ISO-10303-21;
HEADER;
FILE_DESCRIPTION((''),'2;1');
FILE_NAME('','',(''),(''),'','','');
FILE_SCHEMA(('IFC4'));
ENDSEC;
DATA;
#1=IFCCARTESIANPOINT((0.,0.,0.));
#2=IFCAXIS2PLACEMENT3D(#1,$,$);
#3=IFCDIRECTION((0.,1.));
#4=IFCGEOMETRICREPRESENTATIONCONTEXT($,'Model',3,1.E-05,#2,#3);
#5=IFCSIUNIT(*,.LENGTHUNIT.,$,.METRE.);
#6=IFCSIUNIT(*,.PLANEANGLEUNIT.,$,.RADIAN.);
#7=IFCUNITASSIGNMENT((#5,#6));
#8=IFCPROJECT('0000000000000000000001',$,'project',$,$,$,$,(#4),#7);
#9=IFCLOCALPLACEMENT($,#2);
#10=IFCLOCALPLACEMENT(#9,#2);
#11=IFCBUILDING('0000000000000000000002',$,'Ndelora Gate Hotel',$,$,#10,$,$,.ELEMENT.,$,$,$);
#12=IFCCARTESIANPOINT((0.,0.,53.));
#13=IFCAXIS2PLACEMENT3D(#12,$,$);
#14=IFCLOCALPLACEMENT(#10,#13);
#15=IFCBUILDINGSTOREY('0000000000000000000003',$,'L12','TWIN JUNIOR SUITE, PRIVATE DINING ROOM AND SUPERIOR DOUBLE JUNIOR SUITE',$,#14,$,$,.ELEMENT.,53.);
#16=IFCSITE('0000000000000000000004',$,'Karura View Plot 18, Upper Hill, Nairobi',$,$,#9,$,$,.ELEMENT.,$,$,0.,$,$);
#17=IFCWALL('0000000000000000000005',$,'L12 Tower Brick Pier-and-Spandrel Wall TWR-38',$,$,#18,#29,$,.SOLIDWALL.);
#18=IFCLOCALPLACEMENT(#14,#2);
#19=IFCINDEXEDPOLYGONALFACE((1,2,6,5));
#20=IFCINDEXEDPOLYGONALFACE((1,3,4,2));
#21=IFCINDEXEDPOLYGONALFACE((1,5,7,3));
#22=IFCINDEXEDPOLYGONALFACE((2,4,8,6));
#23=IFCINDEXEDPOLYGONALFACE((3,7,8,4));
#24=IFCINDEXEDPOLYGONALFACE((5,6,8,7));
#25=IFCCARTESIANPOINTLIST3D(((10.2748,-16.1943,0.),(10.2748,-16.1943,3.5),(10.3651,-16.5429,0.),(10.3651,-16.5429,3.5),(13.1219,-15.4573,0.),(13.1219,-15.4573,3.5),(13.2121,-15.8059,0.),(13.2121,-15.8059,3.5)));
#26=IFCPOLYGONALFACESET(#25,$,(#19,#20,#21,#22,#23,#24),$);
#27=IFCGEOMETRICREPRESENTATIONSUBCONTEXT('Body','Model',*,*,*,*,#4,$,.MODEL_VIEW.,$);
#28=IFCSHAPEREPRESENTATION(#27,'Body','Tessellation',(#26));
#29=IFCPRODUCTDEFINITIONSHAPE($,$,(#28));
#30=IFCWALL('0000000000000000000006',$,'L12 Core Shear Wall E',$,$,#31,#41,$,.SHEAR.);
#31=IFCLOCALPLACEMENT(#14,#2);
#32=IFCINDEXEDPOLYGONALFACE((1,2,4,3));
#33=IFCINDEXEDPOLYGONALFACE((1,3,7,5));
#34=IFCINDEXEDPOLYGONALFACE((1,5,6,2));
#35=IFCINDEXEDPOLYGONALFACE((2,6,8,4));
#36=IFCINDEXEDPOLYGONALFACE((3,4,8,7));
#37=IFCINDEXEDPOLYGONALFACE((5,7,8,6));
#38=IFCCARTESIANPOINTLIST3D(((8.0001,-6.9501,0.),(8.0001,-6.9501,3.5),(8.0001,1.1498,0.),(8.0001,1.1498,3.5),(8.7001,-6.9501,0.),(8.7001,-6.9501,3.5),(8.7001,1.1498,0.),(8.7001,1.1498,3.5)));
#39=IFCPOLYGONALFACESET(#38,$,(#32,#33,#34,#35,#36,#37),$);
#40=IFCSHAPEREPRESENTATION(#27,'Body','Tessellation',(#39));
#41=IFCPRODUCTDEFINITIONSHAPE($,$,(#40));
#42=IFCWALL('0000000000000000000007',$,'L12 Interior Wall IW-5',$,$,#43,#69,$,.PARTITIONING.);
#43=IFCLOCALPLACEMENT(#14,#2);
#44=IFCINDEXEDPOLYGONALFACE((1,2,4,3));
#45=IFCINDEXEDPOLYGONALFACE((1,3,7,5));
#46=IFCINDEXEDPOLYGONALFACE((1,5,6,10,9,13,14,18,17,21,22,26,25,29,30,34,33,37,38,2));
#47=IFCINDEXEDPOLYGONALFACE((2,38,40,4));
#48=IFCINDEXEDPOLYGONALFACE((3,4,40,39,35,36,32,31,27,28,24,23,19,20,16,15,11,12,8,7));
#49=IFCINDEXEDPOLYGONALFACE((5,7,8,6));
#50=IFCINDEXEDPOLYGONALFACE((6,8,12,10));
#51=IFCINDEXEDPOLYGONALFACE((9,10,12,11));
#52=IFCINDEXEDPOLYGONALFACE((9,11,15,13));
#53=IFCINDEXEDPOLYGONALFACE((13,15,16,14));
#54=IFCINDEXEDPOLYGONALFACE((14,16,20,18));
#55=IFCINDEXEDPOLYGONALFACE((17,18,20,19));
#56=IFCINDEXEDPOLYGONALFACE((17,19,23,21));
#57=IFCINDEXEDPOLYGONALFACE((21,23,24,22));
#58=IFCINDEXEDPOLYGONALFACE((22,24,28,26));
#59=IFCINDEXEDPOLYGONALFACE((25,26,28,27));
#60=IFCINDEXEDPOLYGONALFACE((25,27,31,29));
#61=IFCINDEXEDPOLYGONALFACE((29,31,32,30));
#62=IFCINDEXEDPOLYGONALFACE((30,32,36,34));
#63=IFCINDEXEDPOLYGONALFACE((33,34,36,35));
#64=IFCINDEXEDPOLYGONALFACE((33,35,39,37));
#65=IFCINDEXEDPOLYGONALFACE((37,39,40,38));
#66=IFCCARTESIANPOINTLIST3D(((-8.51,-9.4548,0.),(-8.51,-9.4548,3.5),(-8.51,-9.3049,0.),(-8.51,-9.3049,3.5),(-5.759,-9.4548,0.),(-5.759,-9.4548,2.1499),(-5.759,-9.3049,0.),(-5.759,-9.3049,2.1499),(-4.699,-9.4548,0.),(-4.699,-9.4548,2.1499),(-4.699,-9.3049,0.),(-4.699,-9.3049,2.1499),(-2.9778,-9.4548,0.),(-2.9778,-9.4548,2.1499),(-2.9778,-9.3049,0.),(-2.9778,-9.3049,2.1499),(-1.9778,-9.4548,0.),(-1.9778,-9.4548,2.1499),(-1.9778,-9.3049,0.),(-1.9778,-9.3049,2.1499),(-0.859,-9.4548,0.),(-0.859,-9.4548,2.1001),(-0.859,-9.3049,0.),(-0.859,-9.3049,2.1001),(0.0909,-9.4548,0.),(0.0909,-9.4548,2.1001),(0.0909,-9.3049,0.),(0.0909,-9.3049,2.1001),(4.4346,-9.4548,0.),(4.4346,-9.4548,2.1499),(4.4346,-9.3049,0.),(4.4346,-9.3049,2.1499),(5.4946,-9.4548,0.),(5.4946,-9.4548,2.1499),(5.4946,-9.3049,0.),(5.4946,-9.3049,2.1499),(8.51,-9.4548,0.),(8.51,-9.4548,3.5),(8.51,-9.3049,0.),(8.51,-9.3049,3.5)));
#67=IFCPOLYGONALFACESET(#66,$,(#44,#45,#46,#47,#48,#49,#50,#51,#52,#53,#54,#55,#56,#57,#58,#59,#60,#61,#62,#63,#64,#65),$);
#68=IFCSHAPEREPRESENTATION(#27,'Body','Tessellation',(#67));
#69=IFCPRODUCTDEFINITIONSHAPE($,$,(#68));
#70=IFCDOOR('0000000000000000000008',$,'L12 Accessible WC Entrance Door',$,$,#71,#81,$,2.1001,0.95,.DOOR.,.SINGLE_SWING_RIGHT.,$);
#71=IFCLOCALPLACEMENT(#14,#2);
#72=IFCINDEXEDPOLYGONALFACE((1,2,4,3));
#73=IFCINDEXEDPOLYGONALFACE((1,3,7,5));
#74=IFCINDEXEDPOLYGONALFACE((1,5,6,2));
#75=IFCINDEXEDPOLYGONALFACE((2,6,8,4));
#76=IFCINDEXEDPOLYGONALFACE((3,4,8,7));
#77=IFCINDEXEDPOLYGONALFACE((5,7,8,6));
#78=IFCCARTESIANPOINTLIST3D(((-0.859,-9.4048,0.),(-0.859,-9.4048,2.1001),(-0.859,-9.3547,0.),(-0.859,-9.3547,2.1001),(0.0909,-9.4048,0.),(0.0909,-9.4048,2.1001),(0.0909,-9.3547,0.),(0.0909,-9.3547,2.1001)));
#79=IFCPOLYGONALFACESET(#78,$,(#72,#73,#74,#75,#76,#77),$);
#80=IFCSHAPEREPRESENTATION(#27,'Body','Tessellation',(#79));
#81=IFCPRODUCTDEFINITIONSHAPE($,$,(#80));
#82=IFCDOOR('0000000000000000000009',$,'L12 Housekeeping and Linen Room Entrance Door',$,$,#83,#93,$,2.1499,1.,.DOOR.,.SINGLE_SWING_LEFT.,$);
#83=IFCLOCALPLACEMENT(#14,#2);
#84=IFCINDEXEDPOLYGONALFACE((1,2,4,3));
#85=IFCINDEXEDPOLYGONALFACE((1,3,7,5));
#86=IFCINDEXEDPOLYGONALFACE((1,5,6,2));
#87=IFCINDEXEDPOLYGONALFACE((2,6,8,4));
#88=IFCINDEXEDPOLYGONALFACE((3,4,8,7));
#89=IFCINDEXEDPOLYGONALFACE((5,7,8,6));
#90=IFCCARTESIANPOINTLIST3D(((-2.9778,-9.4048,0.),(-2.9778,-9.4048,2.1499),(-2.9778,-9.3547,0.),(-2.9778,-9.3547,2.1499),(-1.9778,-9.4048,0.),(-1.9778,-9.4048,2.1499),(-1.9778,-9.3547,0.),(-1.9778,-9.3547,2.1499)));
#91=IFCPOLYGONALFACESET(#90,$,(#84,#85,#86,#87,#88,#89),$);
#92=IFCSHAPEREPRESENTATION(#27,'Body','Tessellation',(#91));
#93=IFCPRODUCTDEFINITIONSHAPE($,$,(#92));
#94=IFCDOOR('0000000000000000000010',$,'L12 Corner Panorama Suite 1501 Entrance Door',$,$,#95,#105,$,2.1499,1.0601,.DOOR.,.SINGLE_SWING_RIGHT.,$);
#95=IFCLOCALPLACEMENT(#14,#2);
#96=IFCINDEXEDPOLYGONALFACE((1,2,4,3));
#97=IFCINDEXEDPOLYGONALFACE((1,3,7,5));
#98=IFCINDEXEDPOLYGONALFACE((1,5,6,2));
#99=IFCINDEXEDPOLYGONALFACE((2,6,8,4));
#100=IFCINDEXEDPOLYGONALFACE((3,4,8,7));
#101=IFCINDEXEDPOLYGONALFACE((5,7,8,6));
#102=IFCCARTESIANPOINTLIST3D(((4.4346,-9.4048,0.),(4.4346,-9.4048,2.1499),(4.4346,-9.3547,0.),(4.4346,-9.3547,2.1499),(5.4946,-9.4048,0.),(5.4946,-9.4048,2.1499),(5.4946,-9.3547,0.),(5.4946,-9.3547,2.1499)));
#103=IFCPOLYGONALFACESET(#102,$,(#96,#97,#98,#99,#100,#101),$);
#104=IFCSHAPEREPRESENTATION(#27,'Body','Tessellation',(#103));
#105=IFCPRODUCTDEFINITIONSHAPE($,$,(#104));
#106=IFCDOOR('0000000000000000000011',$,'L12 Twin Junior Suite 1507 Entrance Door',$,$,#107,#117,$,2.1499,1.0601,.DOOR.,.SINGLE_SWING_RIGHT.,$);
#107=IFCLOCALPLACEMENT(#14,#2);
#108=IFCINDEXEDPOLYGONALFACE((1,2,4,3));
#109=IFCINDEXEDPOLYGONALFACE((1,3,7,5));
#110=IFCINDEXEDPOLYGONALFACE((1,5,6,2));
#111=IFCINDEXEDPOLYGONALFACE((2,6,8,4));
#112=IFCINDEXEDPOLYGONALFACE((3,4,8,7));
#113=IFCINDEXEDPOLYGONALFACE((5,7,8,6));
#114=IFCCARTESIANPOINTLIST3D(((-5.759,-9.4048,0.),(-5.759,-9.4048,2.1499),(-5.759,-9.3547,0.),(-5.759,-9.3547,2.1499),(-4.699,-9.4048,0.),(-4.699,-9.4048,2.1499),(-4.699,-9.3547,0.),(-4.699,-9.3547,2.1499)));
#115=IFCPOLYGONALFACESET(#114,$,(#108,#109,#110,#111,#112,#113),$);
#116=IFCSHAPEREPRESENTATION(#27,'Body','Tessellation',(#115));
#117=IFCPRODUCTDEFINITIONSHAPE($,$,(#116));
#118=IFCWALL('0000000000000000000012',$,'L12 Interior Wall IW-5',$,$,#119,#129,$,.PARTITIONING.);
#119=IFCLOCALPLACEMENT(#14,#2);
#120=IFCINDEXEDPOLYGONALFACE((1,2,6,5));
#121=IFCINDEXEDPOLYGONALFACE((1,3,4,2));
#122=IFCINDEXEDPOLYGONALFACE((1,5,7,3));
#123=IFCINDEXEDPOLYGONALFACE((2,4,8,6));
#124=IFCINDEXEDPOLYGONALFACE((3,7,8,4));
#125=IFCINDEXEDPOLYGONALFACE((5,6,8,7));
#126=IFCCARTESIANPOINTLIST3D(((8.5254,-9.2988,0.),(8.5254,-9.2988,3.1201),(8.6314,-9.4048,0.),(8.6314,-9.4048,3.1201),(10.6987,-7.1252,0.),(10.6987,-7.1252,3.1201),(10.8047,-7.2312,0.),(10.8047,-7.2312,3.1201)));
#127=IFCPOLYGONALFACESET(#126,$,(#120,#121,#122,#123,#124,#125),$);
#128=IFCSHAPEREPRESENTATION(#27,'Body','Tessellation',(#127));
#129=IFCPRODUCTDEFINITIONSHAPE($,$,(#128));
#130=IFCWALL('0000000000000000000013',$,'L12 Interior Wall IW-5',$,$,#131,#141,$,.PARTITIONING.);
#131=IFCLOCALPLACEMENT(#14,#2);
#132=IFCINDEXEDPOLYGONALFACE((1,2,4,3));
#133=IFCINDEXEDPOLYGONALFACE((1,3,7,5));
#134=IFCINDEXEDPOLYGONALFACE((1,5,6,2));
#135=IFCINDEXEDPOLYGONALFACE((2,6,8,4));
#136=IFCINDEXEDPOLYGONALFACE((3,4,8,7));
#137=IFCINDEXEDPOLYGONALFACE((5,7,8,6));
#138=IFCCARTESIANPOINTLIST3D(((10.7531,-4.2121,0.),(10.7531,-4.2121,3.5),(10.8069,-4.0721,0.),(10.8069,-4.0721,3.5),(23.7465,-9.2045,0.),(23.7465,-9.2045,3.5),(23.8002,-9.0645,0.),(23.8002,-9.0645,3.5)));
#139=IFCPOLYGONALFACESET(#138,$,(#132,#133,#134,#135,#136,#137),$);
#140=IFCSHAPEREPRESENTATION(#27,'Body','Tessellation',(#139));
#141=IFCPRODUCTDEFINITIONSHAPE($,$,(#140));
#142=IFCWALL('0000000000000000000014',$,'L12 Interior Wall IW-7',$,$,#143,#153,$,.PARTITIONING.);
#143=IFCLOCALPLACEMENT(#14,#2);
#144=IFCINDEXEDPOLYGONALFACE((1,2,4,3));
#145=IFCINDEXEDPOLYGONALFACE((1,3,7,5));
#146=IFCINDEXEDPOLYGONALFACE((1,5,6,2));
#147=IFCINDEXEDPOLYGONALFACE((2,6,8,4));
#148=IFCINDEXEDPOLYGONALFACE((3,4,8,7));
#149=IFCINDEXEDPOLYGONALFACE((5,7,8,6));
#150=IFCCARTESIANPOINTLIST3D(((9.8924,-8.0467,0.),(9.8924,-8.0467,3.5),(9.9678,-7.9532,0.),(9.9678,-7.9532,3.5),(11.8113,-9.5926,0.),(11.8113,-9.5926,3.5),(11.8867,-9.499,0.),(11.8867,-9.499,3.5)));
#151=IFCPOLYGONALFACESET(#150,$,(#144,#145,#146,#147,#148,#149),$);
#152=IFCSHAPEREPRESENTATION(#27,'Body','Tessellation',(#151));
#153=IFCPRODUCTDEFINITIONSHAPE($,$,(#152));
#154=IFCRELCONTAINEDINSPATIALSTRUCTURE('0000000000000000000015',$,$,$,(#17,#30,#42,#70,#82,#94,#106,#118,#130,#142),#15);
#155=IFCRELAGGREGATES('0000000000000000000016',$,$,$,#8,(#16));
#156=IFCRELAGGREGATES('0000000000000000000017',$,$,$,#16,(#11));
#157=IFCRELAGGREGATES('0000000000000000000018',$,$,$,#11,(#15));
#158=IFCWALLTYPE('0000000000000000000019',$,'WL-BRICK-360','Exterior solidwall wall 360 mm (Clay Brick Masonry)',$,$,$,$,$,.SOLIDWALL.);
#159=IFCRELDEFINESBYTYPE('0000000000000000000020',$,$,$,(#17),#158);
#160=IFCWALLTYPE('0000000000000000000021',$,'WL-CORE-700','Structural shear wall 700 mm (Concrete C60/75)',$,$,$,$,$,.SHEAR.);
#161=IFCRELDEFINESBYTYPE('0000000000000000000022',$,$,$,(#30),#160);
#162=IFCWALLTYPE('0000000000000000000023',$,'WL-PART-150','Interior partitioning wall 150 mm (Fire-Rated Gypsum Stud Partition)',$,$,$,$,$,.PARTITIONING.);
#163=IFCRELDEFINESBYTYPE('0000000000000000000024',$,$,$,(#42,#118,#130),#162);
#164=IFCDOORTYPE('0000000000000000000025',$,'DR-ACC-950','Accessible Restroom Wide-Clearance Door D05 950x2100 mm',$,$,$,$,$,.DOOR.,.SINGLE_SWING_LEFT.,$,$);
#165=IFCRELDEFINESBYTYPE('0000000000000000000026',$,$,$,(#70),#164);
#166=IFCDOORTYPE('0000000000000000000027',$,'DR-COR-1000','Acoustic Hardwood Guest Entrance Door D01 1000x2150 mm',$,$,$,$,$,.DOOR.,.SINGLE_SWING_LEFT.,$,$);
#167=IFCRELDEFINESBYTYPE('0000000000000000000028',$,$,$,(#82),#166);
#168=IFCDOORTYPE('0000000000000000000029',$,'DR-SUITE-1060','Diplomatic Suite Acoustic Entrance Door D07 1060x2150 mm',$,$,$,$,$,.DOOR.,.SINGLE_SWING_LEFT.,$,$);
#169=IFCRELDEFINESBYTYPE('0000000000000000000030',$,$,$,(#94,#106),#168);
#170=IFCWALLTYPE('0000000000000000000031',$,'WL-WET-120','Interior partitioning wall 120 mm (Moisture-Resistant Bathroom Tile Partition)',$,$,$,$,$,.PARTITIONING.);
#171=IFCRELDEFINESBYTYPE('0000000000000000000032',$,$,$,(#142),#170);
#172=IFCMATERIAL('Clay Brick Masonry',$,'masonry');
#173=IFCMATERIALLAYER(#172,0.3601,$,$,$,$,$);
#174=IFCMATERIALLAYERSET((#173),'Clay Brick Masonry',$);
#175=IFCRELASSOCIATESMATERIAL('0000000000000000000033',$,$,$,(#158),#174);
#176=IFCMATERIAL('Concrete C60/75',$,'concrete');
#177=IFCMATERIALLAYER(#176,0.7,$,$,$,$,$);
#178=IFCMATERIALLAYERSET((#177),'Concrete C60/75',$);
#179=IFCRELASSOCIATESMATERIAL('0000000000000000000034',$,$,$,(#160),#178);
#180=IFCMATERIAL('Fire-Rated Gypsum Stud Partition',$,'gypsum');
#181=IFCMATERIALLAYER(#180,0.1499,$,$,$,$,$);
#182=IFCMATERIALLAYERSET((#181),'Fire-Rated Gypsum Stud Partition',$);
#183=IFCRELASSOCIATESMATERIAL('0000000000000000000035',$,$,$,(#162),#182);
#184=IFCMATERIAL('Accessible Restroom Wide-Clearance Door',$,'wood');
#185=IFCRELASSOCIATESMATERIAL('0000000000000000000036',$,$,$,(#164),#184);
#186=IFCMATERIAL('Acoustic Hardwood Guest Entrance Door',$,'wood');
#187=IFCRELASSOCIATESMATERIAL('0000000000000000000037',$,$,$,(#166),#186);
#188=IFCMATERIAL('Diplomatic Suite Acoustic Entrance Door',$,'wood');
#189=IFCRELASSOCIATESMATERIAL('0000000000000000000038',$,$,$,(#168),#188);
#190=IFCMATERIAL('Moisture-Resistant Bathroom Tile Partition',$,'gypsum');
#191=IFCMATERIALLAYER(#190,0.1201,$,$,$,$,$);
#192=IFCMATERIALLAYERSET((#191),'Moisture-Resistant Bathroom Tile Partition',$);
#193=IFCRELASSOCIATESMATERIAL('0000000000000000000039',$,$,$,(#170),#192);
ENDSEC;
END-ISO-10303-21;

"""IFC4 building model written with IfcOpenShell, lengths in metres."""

from ifc_helpers import new_model, si_unit, direction, frame, frame_2d, origin, place, context, subcontext, project, spatial, rectangle, extrude, material, layer, layer_set, type_object, element, fill, save


model = new_model("IFC4")

# Units and contexts
model_context = context("Model", 3, precision=1e-05, world=origin(), true_north=direction((0.0, 1.0)))
body_context = subcontext(model_context, "Body", "Model", "MODEL_VIEW")
ifc_project = project(units=[si_unit("LENGTHUNIT", "METRE"), si_unit("PLANEANGLEUNIT", "RADIAN")], contexts=[model_context])

# Site, building, storey
site_placement = place(None, origin())
site = spatial("IfcSite", under=ifc_project, at=site_placement, Name="Karura View Plot 18, Upper Hill, Nairobi", CompositionType="ELEMENT", RefElevation=0.0)
building_placement = place(site_placement, origin())
building = spatial("IfcBuilding", under=site, at=building_placement, Name="Ndelora Gate Hotel", CompositionType="ELEMENT")
storey_placement = place(building_placement, frame((0.0, 0.0, 53.0)))
storey = spatial("IfcBuildingStorey", under=building, at=storey_placement, Name="L12", Description="TWIN JUNIOR SUITE, PRIVATE DINING ROOM AND SUPERIOR DOUBLE JUNIOR SUITE", CompositionType="ELEMENT", Elevation=53.0)

# Shared definitions
ifc_material_1 = material(Name="Concrete C60/75", Category="concrete")

# Shared definitions
ifc_material_2 = material(Name="Clay Brick Masonry", Category="masonry")
ifc_layer_1 = layer(ifc_material_2, 0.3601)
ifc_layer_set_1 = layer_set([ifc_layer_1], Name="Clay Brick Masonry")
wall_type_1 = type_object("IfcWallType", Name="WL-BRICK-360", Description="Exterior solidwall wall 360 mm (Clay Brick Masonry)", PredefinedType="SOLIDWALL", material=ifc_layer_set_1)

# Walls
wall_1_placement = place(storey_placement, frame((13.167, -15.6316, 0.0), z_axis=(0.0, 0.0, 1.0), x_axis=(-0.968087, -0.250614, 0.0)))
element("IfcWall", 1, at=wall_1_placement, inside=storey, type_object=wall_type_1, Name="L12 Tower Brick Pier-and-Spandrel Wall TWR-38", PredefinedType="SOLIDWALL", context=body_context, shape_type="SweptSolid", body=[
    extrude(rectangle(XDim=2.9409, YDim=0.3601, at=frame_2d((1.4705, 0.0))), origin(), (0.0, 0.0, 1.0), 3.5),
])
ifc_layer_2 = layer(ifc_material_1, 0.7)
ifc_layer_set_2 = layer_set([ifc_layer_2], Name="Concrete C60/75")
wall_type_2 = type_object("IfcWallType", Name="WL-CORE-700", Description="Structural shear wall 700 mm (Concrete C60/75)", PredefinedType="SHEAR", material=ifc_layer_set_2)
wall_2_placement = place(storey_placement, frame((8.3501, -6.95, 0.0), z_axis=(0.0, 0.0, 1.0), x_axis=(0.0, 1.0, 0.0)))
element("IfcWall", 2, at=wall_2_placement, inside=storey, type_object=wall_type_2, Name="L12 Core Shear Wall E", PredefinedType="SHEAR", context=body_context, shape_type="SweptSolid", body=[
    extrude(rectangle(XDim=8.0999, YDim=0.7, at=frame_2d((4.0498, 0.0))), origin(), (0.0, 0.0, 1.0), 3.5),
])

# Wall, openings, doors
ifc_material_3 = material(Name="Fire-Rated Gypsum Stud Partition", Category="gypsum")
ifc_layer_3 = layer(ifc_material_3, 0.1499)
ifc_layer_set_3 = layer_set([ifc_layer_3], Name="Fire-Rated Gypsum Stud Partition")
wall_type_3 = type_object("IfcWallType", Name="WL-PART-150", Description="Interior partitioning wall 150 mm (Fire-Rated Gypsum Stud Partition)", PredefinedType="PARTITIONING", material=ifc_layer_set_3)
wall_3_placement = place(storey_placement, frame((8.51, -9.3799, 0.0), z_axis=(0.0, 0.0, 1.0), x_axis=(-1.0, 0.0, 0.0)))
wall_3 = element("IfcWall", 3, at=wall_3_placement, inside=storey, type_object=wall_type_3, Name="L12 Interior Wall IW-5", PredefinedType="PARTITIONING", context=body_context, shape_type="SweptSolid", body=[
    extrude(rectangle(XDim=17.02, YDim=0.1499, at=frame_2d((8.51, 0.0))), origin(), (0.0, 0.0, 1.0), 3.5),
])
opening_1_placement = place(wall_3_placement, frame((8.4189, 0.0, 0.0)))
opening_1 = element("IfcOpeningElement", 4, at=opening_1_placement, cuts=wall_3, PredefinedType="OPENING", context=body_context, shape_type="SweptSolid", body=[
    extrude(rectangle(XDim=0.95, YDim=2.1001, at=frame_2d((0.4751, 1.05))), frame((0.0, 0.085, 0.0), z_axis=(0.0, -1.0, 0.0), x_axis=(1.0, 0.0, 0.0)), (0.0, 0.0, 1.0), 0.1699),
])
opening_2_placement = place(wall_3_placement, frame((10.4878, 0.0, 0.0)))
opening_2 = element("IfcOpeningElement", 5, at=opening_2_placement, cuts=wall_3, PredefinedType="OPENING", context=body_context, shape_type="SweptSolid", body=[
    extrude(rectangle(XDim=1.0, YDim=2.1499, at=frame_2d((0.5, 1.075))), frame((0.0, 0.085, 0.0), z_axis=(0.0, -1.0, 0.0), x_axis=(1.0, 0.0, 0.0)), (0.0, 0.0, 1.0), 0.1699),
])
opening_3_placement = place(wall_3_placement, frame((3.0154, 0.0, 0.0)))
opening_3 = element("IfcOpeningElement", 6, at=opening_3_placement, cuts=wall_3, PredefinedType="OPENING", context=body_context, shape_type="SweptSolid", body=[
    extrude(rectangle(XDim=1.0601, YDim=2.1499, at=frame_2d((0.53, 1.075))), frame((0.0, 0.085, 0.0), z_axis=(0.0, -1.0, 0.0), x_axis=(1.0, 0.0, 0.0)), (0.0, 0.0, 1.0), 0.1699),
])
opening_4_placement = place(wall_3_placement, frame((13.209, 0.0, 0.0)))
opening_4 = element("IfcOpeningElement", 7, at=opening_4_placement, cuts=wall_3, PredefinedType="OPENING", context=body_context, shape_type="SweptSolid", body=[
    extrude(rectangle(XDim=1.0601, YDim=2.1499, at=frame_2d((0.53, 1.075))), frame((0.0, 0.085, 0.0), z_axis=(0.0, -1.0, 0.0), x_axis=(1.0, 0.0, 0.0)), (0.0, 0.0, 1.0), 0.1699),
])
ifc_material_4 = material(Name="Accessible Restroom Wide-Clearance Door", Category="wood")
door_type_1 = type_object("IfcDoorType", Name="DR-ACC-950", Description="Accessible Restroom Wide-Clearance Door D05 950x2100 mm", OperationType="SINGLE_SWING_LEFT", PredefinedType="DOOR", material=ifc_material_4)
door_1_placement = place(opening_1_placement, origin())
door_1 = element("IfcDoor", 8, at=door_1_placement, inside=storey, type_object=door_type_1, Name="L12 Accessible WC Entrance Door", OperationType="SINGLE_SWING_RIGHT", OverallHeight=2.1001, OverallWidth=0.95, PredefinedType="DOOR", context=body_context, shape_type="SweptSolid", body=[
    extrude(rectangle(XDim=0.95, YDim=2.1001, at=frame_2d((0.4751, 1.05))), frame((0.0, 0.0249, 0.0), z_axis=(0.0, -1.0, 0.0), x_axis=(1.0, 0.0, 0.0)), (0.0, 0.0, 1.0), 0.05),
])
fill(opening_1, door_1)
ifc_material_5 = material(Name="Acoustic Hardwood Guest Entrance Door", Category="wood")
door_type_2 = type_object("IfcDoorType", Name="DR-COR-1000", Description="Acoustic Hardwood Guest Entrance Door D01 1000x2150 mm", OperationType="SINGLE_SWING_LEFT", PredefinedType="DOOR", material=ifc_material_5)
door_2_placement = place(opening_2_placement, origin())
door_2 = element("IfcDoor", 9, at=door_2_placement, inside=storey, type_object=door_type_2, Name="L12 Housekeeping and Linen Room Entrance Door", OperationType="SINGLE_SWING_LEFT", OverallHeight=2.1499, OverallWidth=1.0, PredefinedType="DOOR", context=body_context, shape_type="SweptSolid", body=[
    extrude(rectangle(XDim=1.0, YDim=2.1499, at=frame_2d((0.5, 1.075))), frame((0.0, 0.0249, 0.0), z_axis=(0.0, -1.0, 0.0), x_axis=(1.0, 0.0, 0.0)), (0.0, 0.0, 1.0), 0.05),
])
fill(opening_2, door_2)
ifc_material_6 = material(Name="Diplomatic Suite Acoustic Entrance Door", Category="wood")
door_type_3 = type_object("IfcDoorType", Name="DR-SUITE-1060", Description="Diplomatic Suite Acoustic Entrance Door D07 1060x2150 mm", OperationType="SINGLE_SWING_LEFT", PredefinedType="DOOR", material=ifc_material_6)
door_3_placement = place(opening_3_placement, origin())
door_3 = element("IfcDoor", 10, at=door_3_placement, inside=storey, type_object=door_type_3, Name="L12 Corner Panorama Suite 1501 Entrance Door", OperationType="SINGLE_SWING_RIGHT", OverallHeight=2.1499, OverallWidth=1.0601, PredefinedType="DOOR", context=body_context, shape_type="SweptSolid", body=[
    extrude(rectangle(XDim=1.0601, YDim=2.1499, at=frame_2d((0.53, 1.075))), frame((0.0, 0.0249, 0.0), z_axis=(0.0, -1.0, 0.0), x_axis=(1.0, 0.0, 0.0)), (0.0, 0.0, 1.0), 0.05),
])
fill(opening_3, door_3)
door_4_placement = place(opening_4_placement, origin())
door_4 = element("IfcDoor", 11, at=door_4_placement, inside=storey, type_object=door_type_3, Name="L12 Twin Junior Suite 1507 Entrance Door", OperationType="SINGLE_SWING_RIGHT", OverallHeight=2.1499, OverallWidth=1.0601, PredefinedType="DOOR", context=body_context, shape_type="SweptSolid", body=[
    extrude(rectangle(XDim=1.0601, YDim=2.1499, at=frame_2d((0.53, 1.075))), frame((0.0, 0.0249, 0.0), z_axis=(0.0, -1.0, 0.0), x_axis=(1.0, 0.0, 0.0)), (0.0, 0.0, 1.0), 0.05),
])
fill(opening_4, door_4)

# Walls
wall_4_placement = place(storey_placement, frame((10.7517, -7.1782, 0.0), z_axis=(0.0, 0.0, 1.0), x_axis=(-0.707067, -0.707146, 0.0)))
element("IfcWall", 12, at=wall_4_placement, inside=storey, type_object=wall_type_3, Name="L12 Interior Wall IW-5", PredefinedType="PARTITIONING", context=body_context, shape_type="SweptSolid", body=[
    extrude(rectangle(XDim=3.0737, YDim=0.1499, at=frame_2d((1.5369, 0.0))), origin(), (0.0, 0.0, 1.0), 3.1201),
])
wall_5_placement = place(storey_placement, frame((10.78, -4.1421, 0.0), z_axis=(0.0, 0.0, 1.0), x_axis=(0.933467, -0.358664, 0.0)))
element("IfcWall", 13, at=wall_5_placement, inside=storey, type_object=wall_type_3, Name="L12 Interior Wall IW-5", PredefinedType="PARTITIONING", context=body_context, shape_type="SweptSolid", body=[
    extrude(rectangle(XDim=13.9194, YDim=0.1499, at=frame_2d((6.9597, 0.0))), origin(), (0.0, 0.0, 1.0), 3.5),
])
ifc_material_7 = material(Name="Moisture-Resistant Bathroom Tile Partition", Category="gypsum")
ifc_layer_4 = layer(ifc_material_7, 0.1201)
ifc_layer_set_4 = layer_set([ifc_layer_4], Name="Moisture-Resistant Bathroom Tile Partition")
wall_type_4 = type_object("IfcWallType", Name="WL-WET-120", Description="Interior partitioning wall 120 mm (Moisture-Resistant Bathroom Tile Partition)", PredefinedType="PARTITIONING", material=ifc_layer_set_4)
wall_6_placement = place(storey_placement, frame((9.9302, -8.0, 0.0), z_axis=(0.0, 0.0, 1.0), x_axis=(0.778738, -0.62735, 0.0)))
element("IfcWall", 14, at=wall_6_placement, inside=storey, type_object=wall_type_4, Name="L12 Interior Wall IW-7", PredefinedType="PARTITIONING", context=body_context, shape_type="SweptSolid", body=[
    extrude(rectangle(XDim=2.4641, YDim=0.1201, at=frame_2d((1.2319, 0.0))), origin(), (0.0, 0.0, 1.0), 3.5),
])

save(model, "model.ifc")
